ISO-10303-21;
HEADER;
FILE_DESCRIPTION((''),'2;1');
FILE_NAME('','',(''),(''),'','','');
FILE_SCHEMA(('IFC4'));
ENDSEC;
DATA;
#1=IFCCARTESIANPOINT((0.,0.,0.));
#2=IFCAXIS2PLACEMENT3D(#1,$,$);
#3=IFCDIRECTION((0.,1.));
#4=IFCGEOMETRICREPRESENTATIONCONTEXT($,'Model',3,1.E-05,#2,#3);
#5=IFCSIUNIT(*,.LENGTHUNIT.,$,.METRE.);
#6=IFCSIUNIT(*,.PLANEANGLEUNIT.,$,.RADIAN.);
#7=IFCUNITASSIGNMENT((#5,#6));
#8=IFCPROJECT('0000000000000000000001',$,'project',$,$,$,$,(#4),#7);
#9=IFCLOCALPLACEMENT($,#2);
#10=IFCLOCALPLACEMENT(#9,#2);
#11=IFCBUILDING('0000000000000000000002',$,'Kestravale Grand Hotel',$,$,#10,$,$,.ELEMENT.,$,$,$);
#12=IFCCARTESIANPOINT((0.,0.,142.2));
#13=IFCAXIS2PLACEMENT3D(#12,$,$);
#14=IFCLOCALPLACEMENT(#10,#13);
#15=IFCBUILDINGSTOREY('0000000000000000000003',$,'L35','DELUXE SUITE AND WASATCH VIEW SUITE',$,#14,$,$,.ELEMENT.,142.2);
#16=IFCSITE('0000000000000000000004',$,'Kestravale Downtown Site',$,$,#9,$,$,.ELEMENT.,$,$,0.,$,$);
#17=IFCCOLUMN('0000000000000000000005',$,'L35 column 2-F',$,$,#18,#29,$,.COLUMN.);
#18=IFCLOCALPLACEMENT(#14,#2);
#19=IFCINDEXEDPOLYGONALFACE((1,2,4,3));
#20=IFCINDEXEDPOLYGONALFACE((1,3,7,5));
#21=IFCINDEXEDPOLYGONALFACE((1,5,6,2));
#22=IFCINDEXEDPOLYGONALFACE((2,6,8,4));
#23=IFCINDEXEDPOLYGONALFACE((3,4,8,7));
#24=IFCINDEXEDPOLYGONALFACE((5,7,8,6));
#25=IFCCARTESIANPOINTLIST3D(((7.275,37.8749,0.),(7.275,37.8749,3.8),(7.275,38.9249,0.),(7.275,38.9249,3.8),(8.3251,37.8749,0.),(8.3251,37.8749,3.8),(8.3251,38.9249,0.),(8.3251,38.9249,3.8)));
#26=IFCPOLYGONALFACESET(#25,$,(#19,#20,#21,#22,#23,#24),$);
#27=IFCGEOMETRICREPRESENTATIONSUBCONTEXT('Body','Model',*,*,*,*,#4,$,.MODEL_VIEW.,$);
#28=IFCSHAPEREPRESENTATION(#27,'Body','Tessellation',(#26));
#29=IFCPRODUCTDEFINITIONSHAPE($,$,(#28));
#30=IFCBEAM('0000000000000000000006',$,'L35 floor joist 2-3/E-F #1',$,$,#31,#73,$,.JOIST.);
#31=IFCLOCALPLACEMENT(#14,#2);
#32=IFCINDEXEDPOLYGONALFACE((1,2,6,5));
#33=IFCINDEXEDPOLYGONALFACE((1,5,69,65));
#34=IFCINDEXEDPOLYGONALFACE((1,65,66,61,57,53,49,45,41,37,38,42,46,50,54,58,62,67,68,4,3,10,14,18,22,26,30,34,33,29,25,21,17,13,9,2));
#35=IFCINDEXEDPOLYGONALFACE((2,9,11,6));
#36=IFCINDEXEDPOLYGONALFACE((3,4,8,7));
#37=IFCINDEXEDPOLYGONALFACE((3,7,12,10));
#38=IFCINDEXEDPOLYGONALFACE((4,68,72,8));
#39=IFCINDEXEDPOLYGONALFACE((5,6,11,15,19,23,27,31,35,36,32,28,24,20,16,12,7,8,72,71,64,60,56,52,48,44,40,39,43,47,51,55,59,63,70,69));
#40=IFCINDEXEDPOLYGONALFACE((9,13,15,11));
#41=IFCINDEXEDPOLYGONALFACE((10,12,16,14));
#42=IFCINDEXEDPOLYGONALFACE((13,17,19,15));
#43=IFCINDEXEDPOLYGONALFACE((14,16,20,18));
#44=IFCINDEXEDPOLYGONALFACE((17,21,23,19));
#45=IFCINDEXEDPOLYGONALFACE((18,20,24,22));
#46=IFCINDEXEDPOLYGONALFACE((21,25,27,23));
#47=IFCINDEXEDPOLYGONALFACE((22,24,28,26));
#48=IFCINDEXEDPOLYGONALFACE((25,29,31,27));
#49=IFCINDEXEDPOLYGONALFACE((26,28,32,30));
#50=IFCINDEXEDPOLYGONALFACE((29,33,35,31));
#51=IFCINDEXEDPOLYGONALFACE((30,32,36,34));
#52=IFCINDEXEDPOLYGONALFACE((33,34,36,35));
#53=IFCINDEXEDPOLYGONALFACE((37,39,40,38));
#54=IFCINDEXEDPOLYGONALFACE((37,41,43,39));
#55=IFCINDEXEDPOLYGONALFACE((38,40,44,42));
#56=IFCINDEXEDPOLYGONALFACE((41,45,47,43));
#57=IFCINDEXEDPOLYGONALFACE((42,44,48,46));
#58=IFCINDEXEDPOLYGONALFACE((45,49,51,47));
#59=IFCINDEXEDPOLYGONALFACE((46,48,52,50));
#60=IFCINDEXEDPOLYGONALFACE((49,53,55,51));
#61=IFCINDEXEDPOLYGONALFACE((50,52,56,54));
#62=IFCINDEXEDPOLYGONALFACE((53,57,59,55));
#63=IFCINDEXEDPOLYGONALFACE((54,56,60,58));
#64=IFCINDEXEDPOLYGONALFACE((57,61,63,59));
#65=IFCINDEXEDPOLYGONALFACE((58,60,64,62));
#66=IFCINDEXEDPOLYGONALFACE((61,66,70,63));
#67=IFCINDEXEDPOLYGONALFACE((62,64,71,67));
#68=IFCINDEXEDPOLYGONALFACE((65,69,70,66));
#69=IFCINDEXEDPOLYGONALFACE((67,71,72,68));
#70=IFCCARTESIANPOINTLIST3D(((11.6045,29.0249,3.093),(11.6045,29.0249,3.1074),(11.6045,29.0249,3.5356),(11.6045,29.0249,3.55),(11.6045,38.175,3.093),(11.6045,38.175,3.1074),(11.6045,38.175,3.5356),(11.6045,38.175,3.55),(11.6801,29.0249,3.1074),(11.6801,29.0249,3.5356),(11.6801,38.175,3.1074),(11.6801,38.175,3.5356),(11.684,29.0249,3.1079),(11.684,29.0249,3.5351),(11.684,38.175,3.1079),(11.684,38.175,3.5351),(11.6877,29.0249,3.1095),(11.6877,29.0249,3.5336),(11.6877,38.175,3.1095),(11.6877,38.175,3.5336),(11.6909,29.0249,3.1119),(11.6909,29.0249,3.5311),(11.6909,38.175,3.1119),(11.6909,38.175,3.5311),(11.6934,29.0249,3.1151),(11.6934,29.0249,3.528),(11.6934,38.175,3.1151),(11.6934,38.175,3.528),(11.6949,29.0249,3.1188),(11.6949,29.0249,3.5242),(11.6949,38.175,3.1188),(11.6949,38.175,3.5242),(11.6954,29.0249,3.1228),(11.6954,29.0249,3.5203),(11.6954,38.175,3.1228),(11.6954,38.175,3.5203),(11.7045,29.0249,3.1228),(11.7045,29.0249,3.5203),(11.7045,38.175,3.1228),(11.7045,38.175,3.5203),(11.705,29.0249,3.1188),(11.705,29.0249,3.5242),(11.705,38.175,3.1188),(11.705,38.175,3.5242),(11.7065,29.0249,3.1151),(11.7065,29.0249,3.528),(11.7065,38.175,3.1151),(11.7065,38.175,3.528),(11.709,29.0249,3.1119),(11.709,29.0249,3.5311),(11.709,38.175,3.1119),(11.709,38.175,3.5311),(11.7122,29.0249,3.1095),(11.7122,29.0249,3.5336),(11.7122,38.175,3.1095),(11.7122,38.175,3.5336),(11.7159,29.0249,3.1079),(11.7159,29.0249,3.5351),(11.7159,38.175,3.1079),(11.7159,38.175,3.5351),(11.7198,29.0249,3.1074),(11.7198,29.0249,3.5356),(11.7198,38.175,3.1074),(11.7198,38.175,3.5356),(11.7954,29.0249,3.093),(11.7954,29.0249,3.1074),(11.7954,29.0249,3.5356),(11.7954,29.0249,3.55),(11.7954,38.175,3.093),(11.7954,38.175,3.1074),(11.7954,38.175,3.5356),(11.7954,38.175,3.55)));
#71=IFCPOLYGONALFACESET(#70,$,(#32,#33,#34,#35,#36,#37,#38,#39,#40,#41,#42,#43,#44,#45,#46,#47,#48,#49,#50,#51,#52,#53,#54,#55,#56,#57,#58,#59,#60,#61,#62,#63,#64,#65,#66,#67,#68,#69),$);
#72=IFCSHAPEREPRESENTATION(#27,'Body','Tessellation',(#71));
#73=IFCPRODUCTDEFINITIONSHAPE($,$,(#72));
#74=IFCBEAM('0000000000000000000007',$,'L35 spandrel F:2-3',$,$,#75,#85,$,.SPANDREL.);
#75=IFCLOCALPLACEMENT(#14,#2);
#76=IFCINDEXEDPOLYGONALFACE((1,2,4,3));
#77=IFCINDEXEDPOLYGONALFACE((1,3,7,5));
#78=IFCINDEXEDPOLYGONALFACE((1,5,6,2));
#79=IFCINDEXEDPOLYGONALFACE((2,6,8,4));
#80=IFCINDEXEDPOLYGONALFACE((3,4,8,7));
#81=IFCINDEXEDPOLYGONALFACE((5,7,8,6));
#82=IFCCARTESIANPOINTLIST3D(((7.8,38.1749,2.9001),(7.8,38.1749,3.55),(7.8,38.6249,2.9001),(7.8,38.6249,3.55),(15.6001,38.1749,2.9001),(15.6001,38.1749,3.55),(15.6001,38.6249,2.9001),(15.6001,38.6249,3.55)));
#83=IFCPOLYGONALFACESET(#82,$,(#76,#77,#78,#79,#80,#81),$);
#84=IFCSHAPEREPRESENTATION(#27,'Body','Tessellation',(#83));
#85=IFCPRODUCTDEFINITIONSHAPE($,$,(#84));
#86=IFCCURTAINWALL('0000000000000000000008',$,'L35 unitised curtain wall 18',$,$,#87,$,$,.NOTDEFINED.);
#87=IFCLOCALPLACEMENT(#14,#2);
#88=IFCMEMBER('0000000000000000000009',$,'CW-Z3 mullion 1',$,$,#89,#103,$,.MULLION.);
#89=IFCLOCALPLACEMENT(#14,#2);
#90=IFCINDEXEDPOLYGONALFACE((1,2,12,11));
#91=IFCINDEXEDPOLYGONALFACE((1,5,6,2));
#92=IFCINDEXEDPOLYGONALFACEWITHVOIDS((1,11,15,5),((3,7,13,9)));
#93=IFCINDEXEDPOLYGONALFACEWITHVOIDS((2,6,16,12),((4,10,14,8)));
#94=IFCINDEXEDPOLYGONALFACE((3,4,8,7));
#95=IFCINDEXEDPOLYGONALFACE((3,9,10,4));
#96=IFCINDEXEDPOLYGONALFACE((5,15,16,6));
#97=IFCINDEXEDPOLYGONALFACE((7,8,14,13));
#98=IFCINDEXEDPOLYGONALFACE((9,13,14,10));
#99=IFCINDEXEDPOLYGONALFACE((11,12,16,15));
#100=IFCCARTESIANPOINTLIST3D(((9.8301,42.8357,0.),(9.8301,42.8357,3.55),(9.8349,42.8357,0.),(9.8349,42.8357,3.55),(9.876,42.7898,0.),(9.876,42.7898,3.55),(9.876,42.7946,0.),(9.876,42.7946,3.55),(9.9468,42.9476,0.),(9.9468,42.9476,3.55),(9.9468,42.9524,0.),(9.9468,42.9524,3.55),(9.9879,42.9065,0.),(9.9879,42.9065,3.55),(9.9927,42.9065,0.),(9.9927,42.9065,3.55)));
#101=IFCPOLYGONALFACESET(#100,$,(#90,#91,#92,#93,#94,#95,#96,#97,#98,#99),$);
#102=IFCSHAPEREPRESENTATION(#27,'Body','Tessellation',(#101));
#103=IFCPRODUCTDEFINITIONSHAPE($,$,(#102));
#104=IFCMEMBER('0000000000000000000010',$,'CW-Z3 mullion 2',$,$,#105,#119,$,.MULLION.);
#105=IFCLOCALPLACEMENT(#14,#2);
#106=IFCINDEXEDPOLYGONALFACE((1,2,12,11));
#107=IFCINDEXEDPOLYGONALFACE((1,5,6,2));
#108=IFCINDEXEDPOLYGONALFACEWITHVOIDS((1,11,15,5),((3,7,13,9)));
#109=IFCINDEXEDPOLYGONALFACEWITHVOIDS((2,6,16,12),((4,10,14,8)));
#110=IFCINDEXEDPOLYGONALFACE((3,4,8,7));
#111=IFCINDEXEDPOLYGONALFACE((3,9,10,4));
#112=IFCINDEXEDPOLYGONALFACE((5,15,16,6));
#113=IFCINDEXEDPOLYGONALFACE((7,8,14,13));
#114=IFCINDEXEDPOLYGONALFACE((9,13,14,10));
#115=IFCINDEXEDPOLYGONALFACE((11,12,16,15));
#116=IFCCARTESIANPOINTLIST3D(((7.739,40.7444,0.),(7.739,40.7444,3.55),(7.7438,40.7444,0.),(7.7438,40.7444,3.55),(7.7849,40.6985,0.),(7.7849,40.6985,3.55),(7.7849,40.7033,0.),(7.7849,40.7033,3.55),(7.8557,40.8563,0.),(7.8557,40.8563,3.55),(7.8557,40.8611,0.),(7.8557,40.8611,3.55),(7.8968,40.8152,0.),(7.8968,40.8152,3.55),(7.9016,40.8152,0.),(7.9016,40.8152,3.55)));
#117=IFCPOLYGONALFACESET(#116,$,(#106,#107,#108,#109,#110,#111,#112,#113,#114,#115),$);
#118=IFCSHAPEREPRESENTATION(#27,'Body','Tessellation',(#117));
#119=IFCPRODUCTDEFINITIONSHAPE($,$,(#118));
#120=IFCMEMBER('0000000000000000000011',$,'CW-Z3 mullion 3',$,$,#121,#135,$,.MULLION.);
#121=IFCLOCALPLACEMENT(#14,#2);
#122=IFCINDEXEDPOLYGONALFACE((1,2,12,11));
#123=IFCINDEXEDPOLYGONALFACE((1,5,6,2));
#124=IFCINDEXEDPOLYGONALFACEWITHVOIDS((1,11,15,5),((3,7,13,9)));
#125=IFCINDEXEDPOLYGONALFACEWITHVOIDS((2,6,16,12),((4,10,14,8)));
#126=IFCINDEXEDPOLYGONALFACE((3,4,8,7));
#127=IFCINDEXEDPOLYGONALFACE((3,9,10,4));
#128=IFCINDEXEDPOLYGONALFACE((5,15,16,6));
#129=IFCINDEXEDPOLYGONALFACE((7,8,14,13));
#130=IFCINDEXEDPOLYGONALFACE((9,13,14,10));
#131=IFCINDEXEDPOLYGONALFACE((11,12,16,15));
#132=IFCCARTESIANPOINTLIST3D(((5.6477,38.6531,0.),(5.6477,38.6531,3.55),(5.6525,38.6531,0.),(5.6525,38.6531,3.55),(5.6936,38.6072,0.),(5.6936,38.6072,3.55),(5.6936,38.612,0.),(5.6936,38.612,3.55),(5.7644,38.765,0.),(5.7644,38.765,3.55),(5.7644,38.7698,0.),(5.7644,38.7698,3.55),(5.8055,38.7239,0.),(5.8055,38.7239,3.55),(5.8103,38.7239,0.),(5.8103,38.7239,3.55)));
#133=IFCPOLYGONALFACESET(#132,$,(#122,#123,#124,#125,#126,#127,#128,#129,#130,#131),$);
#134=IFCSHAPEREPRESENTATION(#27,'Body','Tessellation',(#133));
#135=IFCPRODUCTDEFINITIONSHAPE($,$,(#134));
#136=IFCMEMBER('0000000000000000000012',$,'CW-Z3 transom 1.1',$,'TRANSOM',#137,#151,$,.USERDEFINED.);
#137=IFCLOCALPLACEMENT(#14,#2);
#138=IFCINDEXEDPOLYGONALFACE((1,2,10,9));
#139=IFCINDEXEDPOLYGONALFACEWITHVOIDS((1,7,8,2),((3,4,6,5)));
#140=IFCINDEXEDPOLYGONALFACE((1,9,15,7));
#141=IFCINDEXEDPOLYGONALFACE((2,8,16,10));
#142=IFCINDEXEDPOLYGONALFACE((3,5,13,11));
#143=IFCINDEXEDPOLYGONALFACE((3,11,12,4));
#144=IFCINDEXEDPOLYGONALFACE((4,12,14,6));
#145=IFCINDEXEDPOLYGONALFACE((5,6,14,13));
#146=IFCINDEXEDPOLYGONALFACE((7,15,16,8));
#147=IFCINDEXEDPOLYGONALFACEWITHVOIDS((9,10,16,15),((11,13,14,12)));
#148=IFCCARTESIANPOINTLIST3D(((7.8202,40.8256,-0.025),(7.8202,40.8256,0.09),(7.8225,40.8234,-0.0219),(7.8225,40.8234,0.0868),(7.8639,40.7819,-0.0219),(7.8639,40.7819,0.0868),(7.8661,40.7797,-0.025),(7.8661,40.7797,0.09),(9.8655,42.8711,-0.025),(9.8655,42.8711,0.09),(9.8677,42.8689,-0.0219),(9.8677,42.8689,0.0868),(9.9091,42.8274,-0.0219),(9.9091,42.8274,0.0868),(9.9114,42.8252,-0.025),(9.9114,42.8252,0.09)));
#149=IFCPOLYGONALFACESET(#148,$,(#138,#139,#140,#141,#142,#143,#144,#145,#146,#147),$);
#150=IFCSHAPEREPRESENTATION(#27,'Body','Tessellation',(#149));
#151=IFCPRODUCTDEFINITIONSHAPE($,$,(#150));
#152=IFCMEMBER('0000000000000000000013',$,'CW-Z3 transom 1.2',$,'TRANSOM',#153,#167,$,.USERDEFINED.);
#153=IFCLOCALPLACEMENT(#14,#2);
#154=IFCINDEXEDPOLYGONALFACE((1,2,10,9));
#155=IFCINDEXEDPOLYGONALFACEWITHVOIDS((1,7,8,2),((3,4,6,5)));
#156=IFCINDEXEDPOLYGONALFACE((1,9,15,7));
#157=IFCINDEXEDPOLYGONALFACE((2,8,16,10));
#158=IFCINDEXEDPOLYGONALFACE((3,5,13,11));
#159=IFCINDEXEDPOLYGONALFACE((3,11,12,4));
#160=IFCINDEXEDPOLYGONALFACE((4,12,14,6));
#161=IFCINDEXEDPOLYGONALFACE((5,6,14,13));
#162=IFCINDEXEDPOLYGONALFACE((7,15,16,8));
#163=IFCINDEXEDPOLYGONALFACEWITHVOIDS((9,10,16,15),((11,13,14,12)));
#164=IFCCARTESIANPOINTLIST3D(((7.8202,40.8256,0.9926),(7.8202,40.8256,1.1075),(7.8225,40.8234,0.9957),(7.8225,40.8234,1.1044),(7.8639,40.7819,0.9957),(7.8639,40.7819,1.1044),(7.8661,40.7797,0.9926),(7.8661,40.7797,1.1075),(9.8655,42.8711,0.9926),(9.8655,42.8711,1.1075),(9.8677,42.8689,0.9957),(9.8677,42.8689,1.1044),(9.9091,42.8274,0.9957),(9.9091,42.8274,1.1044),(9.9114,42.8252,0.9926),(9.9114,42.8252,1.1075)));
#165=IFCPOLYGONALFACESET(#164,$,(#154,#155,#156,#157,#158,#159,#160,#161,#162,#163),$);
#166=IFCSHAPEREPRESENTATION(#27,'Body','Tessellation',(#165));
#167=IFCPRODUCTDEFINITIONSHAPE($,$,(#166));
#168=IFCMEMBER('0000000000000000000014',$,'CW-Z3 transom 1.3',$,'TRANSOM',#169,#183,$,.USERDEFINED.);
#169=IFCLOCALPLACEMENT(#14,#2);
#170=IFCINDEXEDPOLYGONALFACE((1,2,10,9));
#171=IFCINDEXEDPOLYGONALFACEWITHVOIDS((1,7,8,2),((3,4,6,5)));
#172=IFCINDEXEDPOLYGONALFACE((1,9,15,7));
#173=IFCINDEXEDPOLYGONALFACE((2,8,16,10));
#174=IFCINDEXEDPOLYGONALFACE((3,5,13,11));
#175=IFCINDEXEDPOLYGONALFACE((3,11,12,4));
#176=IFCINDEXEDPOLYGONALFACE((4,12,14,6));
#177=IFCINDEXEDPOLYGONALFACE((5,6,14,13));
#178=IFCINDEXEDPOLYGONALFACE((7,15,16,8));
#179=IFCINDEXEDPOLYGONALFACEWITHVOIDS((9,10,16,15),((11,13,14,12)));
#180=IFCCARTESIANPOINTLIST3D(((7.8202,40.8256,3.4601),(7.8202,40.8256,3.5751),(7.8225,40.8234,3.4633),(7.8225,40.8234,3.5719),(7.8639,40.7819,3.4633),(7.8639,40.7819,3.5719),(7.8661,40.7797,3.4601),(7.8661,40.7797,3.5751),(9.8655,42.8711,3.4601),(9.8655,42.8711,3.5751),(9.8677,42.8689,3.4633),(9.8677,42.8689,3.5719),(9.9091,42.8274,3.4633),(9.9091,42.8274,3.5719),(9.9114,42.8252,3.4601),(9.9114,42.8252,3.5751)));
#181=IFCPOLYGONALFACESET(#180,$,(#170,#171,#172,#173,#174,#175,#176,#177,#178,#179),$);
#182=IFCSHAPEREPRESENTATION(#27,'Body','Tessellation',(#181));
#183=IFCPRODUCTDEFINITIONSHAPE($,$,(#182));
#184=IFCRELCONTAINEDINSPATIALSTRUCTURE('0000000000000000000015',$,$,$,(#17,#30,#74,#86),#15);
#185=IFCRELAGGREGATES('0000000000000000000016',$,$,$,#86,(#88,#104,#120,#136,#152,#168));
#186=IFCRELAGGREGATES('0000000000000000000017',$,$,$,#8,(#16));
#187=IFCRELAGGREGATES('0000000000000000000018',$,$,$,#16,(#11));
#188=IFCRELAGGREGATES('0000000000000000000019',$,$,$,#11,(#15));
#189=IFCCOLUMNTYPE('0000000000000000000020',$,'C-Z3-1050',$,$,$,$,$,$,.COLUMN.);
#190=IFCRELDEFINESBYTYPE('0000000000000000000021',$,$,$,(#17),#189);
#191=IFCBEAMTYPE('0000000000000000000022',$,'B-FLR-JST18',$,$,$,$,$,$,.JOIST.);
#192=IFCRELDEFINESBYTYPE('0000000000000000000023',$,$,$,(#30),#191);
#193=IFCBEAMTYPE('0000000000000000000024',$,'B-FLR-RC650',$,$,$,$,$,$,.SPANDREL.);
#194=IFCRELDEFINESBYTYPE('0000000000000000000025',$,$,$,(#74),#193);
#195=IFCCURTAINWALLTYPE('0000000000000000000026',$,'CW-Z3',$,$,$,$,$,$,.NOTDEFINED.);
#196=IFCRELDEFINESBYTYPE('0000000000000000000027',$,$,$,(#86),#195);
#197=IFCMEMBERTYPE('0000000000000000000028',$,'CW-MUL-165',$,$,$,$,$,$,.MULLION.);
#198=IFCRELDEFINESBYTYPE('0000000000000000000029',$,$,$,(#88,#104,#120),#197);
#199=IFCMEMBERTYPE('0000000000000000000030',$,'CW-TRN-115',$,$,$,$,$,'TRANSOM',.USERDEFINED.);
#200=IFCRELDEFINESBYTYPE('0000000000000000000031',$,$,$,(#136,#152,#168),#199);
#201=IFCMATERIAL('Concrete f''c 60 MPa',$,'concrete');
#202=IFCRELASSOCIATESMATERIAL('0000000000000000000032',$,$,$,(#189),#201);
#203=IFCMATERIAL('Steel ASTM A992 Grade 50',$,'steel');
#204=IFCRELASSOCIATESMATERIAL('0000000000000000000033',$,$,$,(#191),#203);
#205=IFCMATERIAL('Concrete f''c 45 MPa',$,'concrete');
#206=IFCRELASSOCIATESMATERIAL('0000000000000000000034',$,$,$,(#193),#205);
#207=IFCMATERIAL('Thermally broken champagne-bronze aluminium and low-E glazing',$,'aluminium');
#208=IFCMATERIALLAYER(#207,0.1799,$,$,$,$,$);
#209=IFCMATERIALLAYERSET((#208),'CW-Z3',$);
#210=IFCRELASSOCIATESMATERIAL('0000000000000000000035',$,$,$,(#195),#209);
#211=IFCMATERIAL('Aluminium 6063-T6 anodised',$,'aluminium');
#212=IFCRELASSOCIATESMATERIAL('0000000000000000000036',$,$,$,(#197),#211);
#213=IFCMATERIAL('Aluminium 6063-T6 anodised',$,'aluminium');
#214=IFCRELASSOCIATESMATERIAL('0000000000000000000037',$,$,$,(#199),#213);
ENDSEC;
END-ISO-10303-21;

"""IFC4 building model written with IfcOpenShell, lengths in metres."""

from ifc_helpers import new_model, si_unit, direction, frame, origin, origin_2d, place, context, subcontext, project, spatial, rectangle, hollow_rectangle, i_section, extrude, material, layer, layer_set, material_profile, profile_set, type_object, element, aggregate, save


model = new_model("IFC4")

# Units and contexts
model_context = context("Model", 3, precision=1e-05, world=origin(), true_north=direction((0.0, 1.0)))
body_context = subcontext(model_context, "Body", "Model", "MODEL_VIEW")
ifc_project = project(units=[si_unit("LENGTHUNIT", "METRE"), si_unit("PLANEANGLEUNIT", "RADIAN")], contexts=[model_context])

# Site, building, storey
site_placement = place(None, origin())
site = spatial("IfcSite", under=ifc_project, at=site_placement, Name="Kestravale Downtown Site", CompositionType="ELEMENT", RefElevation=0.0)
building_placement = place(site_placement, origin())
building = spatial("IfcBuilding", under=site, at=building_placement, Name="Kestravale Grand Hotel", CompositionType="ELEMENT")
storey_placement = place(building_placement, frame((0.0, 0.0, 142.2)))
storey = spatial("IfcBuildingStorey", under=building, at=storey_placement, Name="L35", Description="DELUXE SUITE AND WASATCH VIEW SUITE", CompositionType="ELEMENT", Elevation=142.2)

# Column
ifc_material_1 = material(Name="Concrete f'c 60 MPa", Category="concrete")
ifc_material_profile_1 = material_profile(ifc_material_1, rectangle(XDim=1.05, YDim=1.05, at=origin_2d()))
ifc_profile_set_1 = profile_set([ifc_material_profile_1], Name="Concrete f'c 60 MPa")
column_type = type_object("IfcColumnType", Name="C-Z3-1050", PredefinedType="COLUMN", material=ifc_profile_set_1)
column_placement = place(storey_placement, frame((7.8, 38.3999, 0.0), z_axis=(0.0, 0.0, 1.0), x_axis=(1.0, 0.0, 0.0)))
element("IfcColumn", 1, at=column_placement, inside=storey, type_object=column_type, Name="L35 column 2-F", PredefinedType="COLUMN", context=body_context, shape_type="SweptSolid", body=[
    extrude(rectangle(XDim=1.05, YDim=1.05, at=origin_2d()), origin(), (0.0, 0.0, 1.0), 3.8),
])

# Beams
ifc_material_2 = material(Name="Steel ASTM A992 Grade 50", Category="steel")
ifc_material_profile_2 = material_profile(ifc_material_2, i_section(OverallWidth=0.1909, OverallDepth=0.457, WebThickness=0.009, FlangeThickness=0.0144, FilletRadius=0.0154, at=origin_2d()))
ifc_profile_set_2 = profile_set([ifc_material_profile_2], Name="Steel ASTM A992 Grade 50")
beam_type_1 = type_object("IfcBeamType", Name="B-FLR-JST18", PredefinedType="JOIST", material=ifc_profile_set_2)
beam_1_placement = place(storey_placement, frame((11.7, 29.0249, 3.3215), z_axis=(0.0, 1.0, 0.0), x_axis=(-1.0, 0.0, 0.0)))
element("IfcBeam", 2, at=beam_1_placement, inside=storey, type_object=beam_type_1, Name="L35 floor joist 2-3/E-F #1", PredefinedType="JOIST", context=body_context, shape_type="SweptSolid", body=[
    extrude(i_section(OverallWidth=0.1909, OverallDepth=0.457, WebThickness=0.009, FlangeThickness=0.0144, FilletRadius=0.0154, at=origin_2d()), origin(), (0.0, 0.0, 1.0), 9.1501),
])
ifc_material_3 = material(Name="Concrete f'c 45 MPa", Category="concrete")
ifc_material_profile_3 = material_profile(ifc_material_3, rectangle(XDim=0.45, YDim=0.6499, at=origin_2d()))
ifc_profile_set_3 = profile_set([ifc_material_profile_3], Name="Concrete f'c 45 MPa")
beam_type_2 = type_object("IfcBeamType", Name="B-FLR-RC650", PredefinedType="SPANDREL", material=ifc_profile_set_3)
beam_2_placement = place(storey_placement, frame((7.8, 38.3999, 3.2251), z_axis=(1.0, 0.0, 0.0), x_axis=(0.0, 1.0, 0.0)))
element("IfcBeam", 3, at=beam_2_placement, inside=storey, type_object=beam_type_2, Name="L35 spandrel F:2-3", PredefinedType="SPANDREL", context=body_context, shape_type="SweptSolid", body=[
    extrude(rectangle(XDim=0.45, YDim=0.6499, at=origin_2d()), origin(), (0.0, 0.0, 1.0), 7.8),
])

# Curtain wall, members
ifc_material_4 = material(Name="Thermally broken champagne-bronze aluminium and low-E glazing", Category="aluminium")
ifc_layer_1 = layer(ifc_material_4, 0.1799)
ifc_layer_set_1 = layer_set([ifc_layer_1], Name="CW-Z3")
curtain_wall_type = type_object("IfcCurtainWallType", Name="CW-Z3", PredefinedType="NOTDEFINED", material=ifc_layer_set_1)
curtain_wall_placement = place(storey_placement, origin())
curtain_wall = element("IfcCurtainWall", 4, at=curtain_wall_placement, inside=storey, type_object=curtain_wall_type, Name="L35 unitised curtain wall 18", PredefinedType="NOTDEFINED")
ifc_material_5 = material(Name="Aluminium 6063-T6 anodised", Category="aluminium")
ifc_material_profile_4 = material_profile(ifc_material_5, hollow_rectangle(XDim=0.0649, YDim=0.165, WallThickness=0.0034, at=origin_2d()))
ifc_profile_set_4 = profile_set([ifc_material_profile_4], Name="Aluminium 6063-T6 anodised")
member_type_1 = type_object("IfcMemberType", Name="CW-MUL-165", PredefinedType="MULLION", material=ifc_profile_set_4)
member_1_placement = place(storey_placement, frame((9.9114, 42.8711, 0.0), z_axis=(0.0, 0.0, 1.0), x_axis=(0.707107, -0.707107, 0.0)))
member_1 = element("IfcMember", 5, at=member_1_placement, type_object=member_type_1, Name="CW-Z3 mullion 1", PredefinedType="MULLION", context=body_context, shape_type="SweptSolid", body=[
    extrude(hollow_rectangle(XDim=0.0649, YDim=0.165, WallThickness=0.0034, at=origin_2d()), origin(), (0.0, 0.0, 1.0), 3.55),
])
member_2_placement = place(storey_placement, frame((7.8203, 40.7798, 0.0), z_axis=(0.0, 0.0, 1.0), x_axis=(0.707107, -0.707107, 0.0)))
member_2 = element("IfcMember", 6, at=member_2_placement, type_object=member_type_1, Name="CW-Z3 mullion 2", PredefinedType="MULLION", context=body_context, shape_type="SweptSolid", body=[
    extrude(hollow_rectangle(XDim=0.0649, YDim=0.165, WallThickness=0.0034, at=origin_2d()), origin(), (0.0, 0.0, 1.0), 3.55),
])
member_3_placement = place(storey_placement, frame((5.729, 38.6885, 0.0), z_axis=(0.0, 0.0, 1.0), x_axis=(0.707107, -0.707107, 0.0)))
member_3 = element("IfcMember", 7, at=member_3_placement, type_object=member_type_1, Name="CW-Z3 mullion 3", PredefinedType="MULLION", context=body_context, shape_type="SweptSolid", body=[
    extrude(hollow_rectangle(XDim=0.0649, YDim=0.165, WallThickness=0.0034, at=origin_2d()), origin(), (0.0, 0.0, 1.0), 3.55),
])
ifc_material_6 = material(Name="Aluminium 6063-T6 anodised", Category="aluminium")
ifc_material_profile_5 = material_profile(ifc_material_6, hollow_rectangle(XDim=0.0649, YDim=0.115, WallThickness=0.0032, at=origin_2d()))
ifc_profile_set_5 = profile_set([ifc_material_profile_5], Name="Aluminium 6063-T6 anodised")
member_type_2 = type_object("IfcMemberType", Name="CW-TRN-115", ElementType="TRANSOM", PredefinedType="USERDEFINED", material=ifc_profile_set_5)
member_4_placement = place(storey_placement, frame((9.8884, 42.8481, 0.0325), z_axis=(-0.707065, -0.707149, 0.0), x_axis=(0.707149, -0.707065, 0.0)))
member_4 = element("IfcMember", 8, at=member_4_placement, type_object=member_type_2, Name="CW-Z3 transom 1.1", ObjectType="TRANSOM", PredefinedType="USERDEFINED", context=body_context, shape_type="SweptSolid", body=[
    extrude(hollow_rectangle(XDim=0.0649, YDim=0.115, WallThickness=0.0032, at=origin_2d()), origin(), (0.0, 0.0, 1.0), 2.8926),
])
member_5_placement = place(storey_placement, frame((9.8884, 42.8481, 1.05), z_axis=(-0.707065, -0.707149, 0.0), x_axis=(0.707149, -0.707065, 0.0)))
member_5 = element("IfcMember", 9, at=member_5_placement, type_object=member_type_2, Name="CW-Z3 transom 1.2", ObjectType="TRANSOM", PredefinedType="USERDEFINED", context=body_context, shape_type="SweptSolid", body=[
    extrude(hollow_rectangle(XDim=0.0649, YDim=0.115, WallThickness=0.0032, at=origin_2d()), origin(), (0.0, 0.0, 1.0), 2.8926),
])
member_6_placement = place(storey_placement, frame((9.8884, 42.8481, 3.5176), z_axis=(-0.707065, -0.707149, 0.0), x_axis=(0.707149, -0.707065, 0.0)))
member_6 = element("IfcMember", 10, at=member_6_placement, type_object=member_type_2, Name="CW-Z3 transom 1.3", ObjectType="TRANSOM", PredefinedType="USERDEFINED", context=body_context, shape_type="SweptSolid", body=[
    extrude(hollow_rectangle(XDim=0.0649, YDim=0.115, WallThickness=0.0032, at=origin_2d()), origin(), (0.0, 0.0, 1.0), 2.8926),
])
aggregate(curtain_wall, [member_1, member_2, member_3, member_4, member_5, member_6])

save(model, "model.ifc")
